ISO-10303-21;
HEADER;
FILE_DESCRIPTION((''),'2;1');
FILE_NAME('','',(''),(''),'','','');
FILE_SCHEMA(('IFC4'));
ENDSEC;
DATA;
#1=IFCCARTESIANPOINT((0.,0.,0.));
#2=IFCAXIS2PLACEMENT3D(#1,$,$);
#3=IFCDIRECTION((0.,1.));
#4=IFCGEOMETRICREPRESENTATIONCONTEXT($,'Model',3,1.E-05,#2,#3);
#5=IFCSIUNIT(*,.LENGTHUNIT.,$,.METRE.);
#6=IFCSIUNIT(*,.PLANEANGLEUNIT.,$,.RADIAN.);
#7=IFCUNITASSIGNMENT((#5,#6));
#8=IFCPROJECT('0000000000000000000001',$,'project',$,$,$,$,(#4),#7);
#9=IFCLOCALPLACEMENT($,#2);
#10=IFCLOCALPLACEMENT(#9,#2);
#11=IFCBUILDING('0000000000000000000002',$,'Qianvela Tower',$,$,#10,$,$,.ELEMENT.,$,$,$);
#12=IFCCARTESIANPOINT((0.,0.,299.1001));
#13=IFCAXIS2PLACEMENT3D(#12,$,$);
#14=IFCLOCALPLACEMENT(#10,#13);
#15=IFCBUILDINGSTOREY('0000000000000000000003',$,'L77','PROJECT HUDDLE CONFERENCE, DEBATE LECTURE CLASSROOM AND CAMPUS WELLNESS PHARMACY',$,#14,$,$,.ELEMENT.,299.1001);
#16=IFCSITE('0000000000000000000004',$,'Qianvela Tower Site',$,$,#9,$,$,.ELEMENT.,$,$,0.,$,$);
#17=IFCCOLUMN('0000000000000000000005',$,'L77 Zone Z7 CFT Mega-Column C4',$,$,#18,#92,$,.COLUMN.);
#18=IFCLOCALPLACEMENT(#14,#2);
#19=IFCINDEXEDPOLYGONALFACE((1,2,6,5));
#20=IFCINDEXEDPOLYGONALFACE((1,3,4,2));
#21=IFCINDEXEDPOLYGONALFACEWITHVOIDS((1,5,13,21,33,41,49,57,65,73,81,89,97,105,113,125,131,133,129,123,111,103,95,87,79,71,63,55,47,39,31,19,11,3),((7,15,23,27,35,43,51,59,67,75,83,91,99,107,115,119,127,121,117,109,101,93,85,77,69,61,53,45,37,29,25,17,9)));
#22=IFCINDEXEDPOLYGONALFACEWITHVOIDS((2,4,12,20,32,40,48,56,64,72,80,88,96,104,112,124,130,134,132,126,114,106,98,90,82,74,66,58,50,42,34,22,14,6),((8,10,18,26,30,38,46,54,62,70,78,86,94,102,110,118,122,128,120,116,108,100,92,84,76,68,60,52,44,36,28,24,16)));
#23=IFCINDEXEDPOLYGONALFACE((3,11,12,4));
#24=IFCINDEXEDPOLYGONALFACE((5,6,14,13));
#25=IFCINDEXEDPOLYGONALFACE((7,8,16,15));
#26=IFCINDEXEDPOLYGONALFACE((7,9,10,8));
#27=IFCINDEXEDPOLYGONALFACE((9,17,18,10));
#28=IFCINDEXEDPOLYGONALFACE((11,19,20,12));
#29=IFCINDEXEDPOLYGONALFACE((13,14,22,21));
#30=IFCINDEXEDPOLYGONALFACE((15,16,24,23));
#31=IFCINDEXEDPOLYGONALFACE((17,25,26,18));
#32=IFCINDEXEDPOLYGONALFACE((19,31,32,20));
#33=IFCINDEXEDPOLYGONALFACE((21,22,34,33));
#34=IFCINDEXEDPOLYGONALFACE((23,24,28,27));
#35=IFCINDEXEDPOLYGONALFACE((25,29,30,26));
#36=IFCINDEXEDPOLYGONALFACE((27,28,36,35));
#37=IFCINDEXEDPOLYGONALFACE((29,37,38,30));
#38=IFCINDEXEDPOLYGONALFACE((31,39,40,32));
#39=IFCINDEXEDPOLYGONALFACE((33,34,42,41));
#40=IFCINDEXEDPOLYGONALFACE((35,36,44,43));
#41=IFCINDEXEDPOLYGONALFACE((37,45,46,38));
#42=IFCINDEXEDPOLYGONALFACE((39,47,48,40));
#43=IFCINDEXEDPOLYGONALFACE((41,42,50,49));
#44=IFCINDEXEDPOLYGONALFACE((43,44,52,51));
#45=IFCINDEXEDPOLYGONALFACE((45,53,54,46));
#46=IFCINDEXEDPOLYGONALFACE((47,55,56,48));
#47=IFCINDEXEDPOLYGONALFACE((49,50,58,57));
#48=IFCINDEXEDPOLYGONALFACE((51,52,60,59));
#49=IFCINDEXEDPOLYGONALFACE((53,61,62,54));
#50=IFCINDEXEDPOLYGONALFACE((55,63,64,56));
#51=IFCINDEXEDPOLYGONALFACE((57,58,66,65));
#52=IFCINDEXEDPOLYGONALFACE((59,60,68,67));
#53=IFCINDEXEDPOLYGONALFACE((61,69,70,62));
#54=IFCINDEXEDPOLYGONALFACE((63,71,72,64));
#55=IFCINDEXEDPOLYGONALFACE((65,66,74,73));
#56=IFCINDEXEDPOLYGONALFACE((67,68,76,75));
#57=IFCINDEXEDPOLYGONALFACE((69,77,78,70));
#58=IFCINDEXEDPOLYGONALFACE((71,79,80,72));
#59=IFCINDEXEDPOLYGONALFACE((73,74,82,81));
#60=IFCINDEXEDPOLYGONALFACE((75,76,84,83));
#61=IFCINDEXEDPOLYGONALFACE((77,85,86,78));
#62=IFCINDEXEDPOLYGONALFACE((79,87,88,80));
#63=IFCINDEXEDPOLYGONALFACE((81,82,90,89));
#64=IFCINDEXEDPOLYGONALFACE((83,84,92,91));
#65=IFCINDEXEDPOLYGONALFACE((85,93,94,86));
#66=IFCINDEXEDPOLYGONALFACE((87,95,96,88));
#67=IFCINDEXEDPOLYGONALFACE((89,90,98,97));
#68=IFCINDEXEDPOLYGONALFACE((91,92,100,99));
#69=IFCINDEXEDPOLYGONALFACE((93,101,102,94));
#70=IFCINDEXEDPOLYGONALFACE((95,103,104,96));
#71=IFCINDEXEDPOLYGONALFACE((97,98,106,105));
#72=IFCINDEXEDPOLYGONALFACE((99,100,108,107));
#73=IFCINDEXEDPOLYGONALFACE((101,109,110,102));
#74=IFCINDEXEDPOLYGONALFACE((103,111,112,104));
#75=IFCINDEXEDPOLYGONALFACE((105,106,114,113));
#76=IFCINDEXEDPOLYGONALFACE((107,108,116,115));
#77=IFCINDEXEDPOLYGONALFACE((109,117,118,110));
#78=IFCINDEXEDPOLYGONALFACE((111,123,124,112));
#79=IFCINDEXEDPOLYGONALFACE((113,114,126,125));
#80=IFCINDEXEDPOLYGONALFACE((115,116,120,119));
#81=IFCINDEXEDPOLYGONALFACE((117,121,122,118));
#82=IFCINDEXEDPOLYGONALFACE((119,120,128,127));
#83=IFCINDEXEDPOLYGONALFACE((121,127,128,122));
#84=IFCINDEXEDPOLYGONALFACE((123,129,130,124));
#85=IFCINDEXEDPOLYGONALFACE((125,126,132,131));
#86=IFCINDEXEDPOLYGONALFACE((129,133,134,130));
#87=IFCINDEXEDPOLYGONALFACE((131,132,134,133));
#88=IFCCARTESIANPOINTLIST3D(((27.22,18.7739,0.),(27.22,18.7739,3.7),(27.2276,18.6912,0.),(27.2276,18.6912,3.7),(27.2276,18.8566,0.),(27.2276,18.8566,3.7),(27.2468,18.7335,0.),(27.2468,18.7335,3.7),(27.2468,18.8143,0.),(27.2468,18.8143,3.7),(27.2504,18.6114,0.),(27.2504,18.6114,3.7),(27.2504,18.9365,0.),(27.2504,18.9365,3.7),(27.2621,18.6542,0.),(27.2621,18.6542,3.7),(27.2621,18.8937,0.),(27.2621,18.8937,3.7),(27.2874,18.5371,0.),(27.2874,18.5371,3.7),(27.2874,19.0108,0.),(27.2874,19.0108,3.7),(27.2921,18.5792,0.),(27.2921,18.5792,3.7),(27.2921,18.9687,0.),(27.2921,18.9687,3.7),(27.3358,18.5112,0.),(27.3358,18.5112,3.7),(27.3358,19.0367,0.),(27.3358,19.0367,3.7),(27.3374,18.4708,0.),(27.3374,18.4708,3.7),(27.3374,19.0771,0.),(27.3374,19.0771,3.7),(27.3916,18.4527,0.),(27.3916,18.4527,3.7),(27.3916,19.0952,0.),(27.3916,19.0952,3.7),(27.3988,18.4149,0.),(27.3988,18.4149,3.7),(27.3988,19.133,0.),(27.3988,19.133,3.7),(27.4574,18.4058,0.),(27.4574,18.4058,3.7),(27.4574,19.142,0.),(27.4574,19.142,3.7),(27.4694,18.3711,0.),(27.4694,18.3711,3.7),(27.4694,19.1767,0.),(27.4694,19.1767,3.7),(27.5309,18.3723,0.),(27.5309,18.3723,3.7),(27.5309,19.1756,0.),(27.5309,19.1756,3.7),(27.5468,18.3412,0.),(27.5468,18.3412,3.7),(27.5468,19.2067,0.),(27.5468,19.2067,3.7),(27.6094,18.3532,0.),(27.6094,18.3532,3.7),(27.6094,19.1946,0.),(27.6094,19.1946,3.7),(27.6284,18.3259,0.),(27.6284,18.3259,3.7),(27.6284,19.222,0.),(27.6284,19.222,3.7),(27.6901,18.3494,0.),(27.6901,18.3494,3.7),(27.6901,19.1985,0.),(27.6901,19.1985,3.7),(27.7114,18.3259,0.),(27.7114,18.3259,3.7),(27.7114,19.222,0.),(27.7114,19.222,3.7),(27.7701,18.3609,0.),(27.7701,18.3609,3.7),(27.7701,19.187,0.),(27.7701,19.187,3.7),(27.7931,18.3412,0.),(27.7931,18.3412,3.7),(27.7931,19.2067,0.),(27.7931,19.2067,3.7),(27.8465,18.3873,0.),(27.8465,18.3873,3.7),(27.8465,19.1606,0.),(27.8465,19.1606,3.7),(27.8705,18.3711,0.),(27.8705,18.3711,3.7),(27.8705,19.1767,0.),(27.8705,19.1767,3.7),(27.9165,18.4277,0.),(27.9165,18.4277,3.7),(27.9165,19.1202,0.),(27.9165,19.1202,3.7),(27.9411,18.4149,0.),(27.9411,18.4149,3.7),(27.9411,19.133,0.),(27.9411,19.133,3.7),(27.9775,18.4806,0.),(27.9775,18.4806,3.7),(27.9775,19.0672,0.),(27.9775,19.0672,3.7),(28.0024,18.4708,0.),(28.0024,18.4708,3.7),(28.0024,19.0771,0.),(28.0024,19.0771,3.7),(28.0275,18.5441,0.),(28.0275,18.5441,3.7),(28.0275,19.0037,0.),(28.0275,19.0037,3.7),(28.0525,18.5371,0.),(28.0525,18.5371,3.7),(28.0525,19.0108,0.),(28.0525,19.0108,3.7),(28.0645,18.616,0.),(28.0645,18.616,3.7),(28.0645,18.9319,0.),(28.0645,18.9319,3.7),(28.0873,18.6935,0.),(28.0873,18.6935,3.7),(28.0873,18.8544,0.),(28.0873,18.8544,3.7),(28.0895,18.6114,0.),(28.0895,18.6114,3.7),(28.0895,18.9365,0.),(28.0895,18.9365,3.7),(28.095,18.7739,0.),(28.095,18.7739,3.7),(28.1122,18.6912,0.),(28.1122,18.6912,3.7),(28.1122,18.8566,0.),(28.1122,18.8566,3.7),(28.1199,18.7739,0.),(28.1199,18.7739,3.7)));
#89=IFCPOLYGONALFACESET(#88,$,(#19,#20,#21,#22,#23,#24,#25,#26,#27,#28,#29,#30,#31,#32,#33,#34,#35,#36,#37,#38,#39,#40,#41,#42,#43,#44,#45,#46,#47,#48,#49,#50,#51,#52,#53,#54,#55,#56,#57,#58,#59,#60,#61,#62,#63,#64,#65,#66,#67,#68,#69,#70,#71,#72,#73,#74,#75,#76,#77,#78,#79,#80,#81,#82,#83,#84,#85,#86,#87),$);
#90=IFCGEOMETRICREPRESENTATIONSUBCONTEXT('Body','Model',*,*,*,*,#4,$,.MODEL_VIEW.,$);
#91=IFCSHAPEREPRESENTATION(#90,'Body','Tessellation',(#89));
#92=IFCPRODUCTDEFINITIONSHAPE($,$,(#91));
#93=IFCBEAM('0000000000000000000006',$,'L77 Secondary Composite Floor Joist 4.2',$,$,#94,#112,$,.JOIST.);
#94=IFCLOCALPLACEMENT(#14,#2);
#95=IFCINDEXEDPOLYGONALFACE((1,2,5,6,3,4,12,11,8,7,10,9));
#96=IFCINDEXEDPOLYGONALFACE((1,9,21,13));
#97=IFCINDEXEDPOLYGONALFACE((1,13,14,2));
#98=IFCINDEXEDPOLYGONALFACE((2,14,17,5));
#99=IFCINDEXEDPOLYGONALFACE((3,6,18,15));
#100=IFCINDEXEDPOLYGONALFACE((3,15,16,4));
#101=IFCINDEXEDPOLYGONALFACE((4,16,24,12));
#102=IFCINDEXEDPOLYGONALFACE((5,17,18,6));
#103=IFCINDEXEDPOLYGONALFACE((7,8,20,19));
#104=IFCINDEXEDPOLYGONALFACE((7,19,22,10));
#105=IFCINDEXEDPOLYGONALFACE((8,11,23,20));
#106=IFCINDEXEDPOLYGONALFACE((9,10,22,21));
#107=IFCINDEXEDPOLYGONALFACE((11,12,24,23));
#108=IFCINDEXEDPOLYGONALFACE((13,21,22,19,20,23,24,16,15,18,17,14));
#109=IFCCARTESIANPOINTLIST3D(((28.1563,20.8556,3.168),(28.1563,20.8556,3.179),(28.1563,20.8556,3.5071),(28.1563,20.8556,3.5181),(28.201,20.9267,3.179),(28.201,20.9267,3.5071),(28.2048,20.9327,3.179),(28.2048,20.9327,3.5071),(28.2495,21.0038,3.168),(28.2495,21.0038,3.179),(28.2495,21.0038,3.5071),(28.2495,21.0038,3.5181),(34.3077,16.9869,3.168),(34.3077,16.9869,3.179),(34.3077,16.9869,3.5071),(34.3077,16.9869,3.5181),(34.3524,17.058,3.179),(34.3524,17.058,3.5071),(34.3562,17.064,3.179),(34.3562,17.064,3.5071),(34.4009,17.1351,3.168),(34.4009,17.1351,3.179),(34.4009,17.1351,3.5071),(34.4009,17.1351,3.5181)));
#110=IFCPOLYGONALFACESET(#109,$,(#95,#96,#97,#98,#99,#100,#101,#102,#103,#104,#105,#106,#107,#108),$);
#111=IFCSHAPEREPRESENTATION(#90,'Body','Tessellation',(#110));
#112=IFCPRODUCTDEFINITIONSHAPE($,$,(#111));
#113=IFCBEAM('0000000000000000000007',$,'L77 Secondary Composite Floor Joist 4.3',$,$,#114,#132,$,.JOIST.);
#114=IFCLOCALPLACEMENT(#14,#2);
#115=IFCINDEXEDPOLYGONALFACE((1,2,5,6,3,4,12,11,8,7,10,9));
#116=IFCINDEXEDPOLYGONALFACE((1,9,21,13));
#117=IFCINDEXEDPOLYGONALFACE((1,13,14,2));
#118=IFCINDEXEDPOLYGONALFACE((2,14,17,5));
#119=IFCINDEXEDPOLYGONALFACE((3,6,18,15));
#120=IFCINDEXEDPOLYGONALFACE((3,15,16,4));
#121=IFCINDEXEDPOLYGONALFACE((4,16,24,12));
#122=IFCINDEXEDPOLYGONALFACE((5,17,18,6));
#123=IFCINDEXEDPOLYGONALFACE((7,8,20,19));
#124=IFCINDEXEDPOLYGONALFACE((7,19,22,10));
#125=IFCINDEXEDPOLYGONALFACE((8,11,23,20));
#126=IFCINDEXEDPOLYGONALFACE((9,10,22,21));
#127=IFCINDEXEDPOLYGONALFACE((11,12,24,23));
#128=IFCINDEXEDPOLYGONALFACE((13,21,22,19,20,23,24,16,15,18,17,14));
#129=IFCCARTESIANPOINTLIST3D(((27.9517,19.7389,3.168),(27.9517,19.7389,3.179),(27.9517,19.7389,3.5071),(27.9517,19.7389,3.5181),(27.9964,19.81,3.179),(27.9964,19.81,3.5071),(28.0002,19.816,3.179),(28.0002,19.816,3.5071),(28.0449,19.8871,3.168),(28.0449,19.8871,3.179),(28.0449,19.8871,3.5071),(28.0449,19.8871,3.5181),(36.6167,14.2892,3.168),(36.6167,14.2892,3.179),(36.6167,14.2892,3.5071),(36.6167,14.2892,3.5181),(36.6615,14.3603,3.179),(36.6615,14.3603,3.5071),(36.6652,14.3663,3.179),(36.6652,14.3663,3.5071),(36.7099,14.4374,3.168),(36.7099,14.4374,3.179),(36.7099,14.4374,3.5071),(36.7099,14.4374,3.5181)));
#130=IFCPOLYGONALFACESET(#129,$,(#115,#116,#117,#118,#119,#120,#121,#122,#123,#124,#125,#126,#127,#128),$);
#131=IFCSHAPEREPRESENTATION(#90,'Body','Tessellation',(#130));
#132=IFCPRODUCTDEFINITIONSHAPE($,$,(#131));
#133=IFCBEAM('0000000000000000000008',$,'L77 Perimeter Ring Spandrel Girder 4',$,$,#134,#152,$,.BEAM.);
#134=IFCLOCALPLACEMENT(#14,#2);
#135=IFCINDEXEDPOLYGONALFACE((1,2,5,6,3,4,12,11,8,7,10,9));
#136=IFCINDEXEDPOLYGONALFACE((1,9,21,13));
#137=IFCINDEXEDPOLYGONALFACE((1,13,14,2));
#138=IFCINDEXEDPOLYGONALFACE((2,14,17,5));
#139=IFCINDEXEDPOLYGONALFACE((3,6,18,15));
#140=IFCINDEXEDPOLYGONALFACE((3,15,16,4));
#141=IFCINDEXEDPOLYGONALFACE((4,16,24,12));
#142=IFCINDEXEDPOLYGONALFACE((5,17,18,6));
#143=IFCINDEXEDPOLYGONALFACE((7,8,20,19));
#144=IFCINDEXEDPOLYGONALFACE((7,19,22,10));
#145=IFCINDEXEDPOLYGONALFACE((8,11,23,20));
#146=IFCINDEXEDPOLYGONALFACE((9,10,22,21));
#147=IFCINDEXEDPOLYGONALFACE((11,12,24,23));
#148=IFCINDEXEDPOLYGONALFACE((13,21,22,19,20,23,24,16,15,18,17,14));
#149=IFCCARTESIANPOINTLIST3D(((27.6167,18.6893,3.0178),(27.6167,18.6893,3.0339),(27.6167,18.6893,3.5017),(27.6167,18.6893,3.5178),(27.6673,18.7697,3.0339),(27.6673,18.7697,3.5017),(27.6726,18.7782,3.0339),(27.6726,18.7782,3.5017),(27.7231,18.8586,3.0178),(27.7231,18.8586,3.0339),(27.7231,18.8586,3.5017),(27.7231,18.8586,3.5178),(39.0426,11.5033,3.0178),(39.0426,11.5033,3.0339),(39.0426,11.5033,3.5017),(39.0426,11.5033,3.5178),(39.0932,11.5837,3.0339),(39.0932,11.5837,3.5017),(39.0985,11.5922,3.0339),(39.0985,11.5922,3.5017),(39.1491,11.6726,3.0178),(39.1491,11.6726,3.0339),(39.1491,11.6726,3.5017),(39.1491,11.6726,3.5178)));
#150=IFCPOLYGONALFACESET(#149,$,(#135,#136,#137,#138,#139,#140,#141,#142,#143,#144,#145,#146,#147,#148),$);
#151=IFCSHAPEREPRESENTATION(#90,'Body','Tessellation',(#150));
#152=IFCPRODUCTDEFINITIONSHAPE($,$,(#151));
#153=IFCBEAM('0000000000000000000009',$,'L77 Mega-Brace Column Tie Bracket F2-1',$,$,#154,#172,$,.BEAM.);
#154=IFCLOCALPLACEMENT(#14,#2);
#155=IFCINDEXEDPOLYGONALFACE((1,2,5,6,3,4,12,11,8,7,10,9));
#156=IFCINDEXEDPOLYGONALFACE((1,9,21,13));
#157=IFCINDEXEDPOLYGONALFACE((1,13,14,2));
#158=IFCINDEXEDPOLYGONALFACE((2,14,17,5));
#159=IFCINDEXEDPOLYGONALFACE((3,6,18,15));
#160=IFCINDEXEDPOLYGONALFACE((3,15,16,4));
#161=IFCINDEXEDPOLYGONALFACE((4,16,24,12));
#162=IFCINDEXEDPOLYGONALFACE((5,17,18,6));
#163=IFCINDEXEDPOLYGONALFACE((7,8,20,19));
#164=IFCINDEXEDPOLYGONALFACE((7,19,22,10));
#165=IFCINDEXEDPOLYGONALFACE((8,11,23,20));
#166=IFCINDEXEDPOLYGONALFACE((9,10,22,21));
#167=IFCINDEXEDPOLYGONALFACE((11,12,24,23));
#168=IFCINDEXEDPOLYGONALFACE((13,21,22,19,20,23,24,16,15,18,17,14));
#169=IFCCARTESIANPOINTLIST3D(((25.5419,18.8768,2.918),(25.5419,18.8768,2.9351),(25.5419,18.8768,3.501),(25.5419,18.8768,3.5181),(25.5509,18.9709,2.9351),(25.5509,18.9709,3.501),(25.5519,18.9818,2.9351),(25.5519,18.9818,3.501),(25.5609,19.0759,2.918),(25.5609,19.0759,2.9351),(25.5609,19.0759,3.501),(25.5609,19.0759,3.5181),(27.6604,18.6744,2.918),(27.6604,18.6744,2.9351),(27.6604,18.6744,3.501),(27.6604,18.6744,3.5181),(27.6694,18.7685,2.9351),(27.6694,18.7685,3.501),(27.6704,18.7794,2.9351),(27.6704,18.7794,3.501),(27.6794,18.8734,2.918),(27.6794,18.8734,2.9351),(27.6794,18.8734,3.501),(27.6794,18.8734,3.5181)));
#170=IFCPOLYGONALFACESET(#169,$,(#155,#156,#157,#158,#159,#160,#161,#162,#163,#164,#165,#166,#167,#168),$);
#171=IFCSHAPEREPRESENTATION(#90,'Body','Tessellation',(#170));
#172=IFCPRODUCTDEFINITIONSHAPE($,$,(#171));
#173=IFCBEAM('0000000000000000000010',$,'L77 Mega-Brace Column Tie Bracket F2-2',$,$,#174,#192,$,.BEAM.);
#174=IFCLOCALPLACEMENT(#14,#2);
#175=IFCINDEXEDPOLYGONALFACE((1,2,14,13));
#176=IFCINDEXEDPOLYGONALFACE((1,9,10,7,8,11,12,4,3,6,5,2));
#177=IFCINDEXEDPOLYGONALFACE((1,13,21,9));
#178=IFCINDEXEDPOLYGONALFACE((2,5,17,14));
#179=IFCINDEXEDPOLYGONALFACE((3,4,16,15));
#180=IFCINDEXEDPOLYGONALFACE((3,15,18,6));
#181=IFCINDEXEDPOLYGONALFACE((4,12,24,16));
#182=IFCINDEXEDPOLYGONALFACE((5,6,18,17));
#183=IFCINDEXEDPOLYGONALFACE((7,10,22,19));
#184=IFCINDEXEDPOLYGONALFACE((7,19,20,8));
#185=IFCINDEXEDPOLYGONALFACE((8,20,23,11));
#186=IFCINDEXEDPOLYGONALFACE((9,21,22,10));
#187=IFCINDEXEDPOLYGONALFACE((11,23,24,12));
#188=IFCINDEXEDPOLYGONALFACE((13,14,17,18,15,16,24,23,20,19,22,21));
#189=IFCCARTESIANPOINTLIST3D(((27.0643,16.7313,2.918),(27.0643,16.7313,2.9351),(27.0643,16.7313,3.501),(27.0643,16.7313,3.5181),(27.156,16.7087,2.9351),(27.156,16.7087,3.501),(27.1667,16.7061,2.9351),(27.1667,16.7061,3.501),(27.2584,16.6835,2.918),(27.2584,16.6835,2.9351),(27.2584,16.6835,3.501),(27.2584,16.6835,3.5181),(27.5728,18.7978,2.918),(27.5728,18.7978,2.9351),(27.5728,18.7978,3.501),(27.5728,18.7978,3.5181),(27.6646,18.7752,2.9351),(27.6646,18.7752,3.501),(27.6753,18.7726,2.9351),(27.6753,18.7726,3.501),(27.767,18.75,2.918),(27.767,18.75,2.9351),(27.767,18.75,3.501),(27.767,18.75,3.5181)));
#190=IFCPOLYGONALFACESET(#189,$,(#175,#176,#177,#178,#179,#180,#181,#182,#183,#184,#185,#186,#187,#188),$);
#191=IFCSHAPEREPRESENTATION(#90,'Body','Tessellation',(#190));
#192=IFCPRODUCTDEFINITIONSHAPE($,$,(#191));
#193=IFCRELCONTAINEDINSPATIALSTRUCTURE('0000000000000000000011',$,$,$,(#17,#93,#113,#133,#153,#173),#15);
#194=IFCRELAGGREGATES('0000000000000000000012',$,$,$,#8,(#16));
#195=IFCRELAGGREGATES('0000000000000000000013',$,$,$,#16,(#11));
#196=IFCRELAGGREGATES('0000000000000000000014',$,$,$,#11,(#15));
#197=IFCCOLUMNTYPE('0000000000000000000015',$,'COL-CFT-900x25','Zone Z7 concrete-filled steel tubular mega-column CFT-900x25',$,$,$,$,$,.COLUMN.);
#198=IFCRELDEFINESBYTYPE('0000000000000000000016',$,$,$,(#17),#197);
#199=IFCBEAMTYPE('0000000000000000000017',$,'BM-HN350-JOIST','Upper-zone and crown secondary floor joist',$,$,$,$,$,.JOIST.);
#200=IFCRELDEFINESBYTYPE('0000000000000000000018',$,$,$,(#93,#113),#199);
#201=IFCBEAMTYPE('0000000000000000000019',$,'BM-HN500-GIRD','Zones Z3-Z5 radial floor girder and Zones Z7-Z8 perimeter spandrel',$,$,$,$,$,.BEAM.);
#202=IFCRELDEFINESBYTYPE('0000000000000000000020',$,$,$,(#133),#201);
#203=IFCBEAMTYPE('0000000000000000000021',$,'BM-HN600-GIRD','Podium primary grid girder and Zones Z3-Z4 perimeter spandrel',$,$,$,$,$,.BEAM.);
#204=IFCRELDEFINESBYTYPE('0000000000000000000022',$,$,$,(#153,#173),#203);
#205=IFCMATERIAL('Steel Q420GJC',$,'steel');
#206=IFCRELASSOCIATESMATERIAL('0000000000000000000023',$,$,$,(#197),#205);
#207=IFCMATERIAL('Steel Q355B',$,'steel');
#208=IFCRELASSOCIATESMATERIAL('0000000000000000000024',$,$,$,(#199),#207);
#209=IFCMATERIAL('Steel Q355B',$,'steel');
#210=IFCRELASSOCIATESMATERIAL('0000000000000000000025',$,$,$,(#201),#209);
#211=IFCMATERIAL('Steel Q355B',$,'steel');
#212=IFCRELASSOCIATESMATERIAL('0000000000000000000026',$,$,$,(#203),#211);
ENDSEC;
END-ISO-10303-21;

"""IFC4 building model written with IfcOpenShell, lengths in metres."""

from ifc_helpers import new_model, si_unit, direction, frame, origin, origin_2d, place, context, subcontext, project, spatial, hollow_circle, i_section, extrude, material, material_profile, profile_set, type_object, element, save


model = new_model("IFC4")

# Units and contexts
model_context = context("Model", 3, precision=1e-05, world=origin(), true_north=direction((0.0, 1.0)))
body_context = subcontext(model_context, "Body", "Model", "MODEL_VIEW")
ifc_project = project(units=[si_unit("LENGTHUNIT", "METRE"), si_unit("PLANEANGLEUNIT", "RADIAN")], contexts=[model_context])

# Site, building, storey
site_placement = place(None, origin())
site = spatial("IfcSite", under=ifc_project, at=site_placement, Name="Qianvela Tower Site", CompositionType="ELEMENT", RefElevation=0.0)
building_placement = place(site_placement, origin())
building = spatial("IfcBuilding", under=site, at=building_placement, Name="Qianvela Tower", CompositionType="ELEMENT")
storey_placement = place(building_placement, frame((0.0, 0.0, 299.1001)))
storey = spatial("IfcBuildingStorey", under=building, at=storey_placement, Name="L77", Description="PROJECT HUDDLE CONFERENCE, DEBATE LECTURE CLASSROOM AND CAMPUS WELLNESS PHARMACY", CompositionType="ELEMENT", Elevation=299.1001)

# Column
ifc_material_1 = material(Name="Steel Q420GJC", Category="steel")
ifc_material_profile_1 = material_profile(ifc_material_1, hollow_circle(Radius=0.45, WallThickness=0.0249, at=origin_2d()), Name="CFT-900x25")
ifc_profile_set_1 = profile_set([ifc_material_profile_1], Name="Steel Q420GJC")
column_type = type_object("IfcColumnType", Name="COL-CFT-900x25", Description="Zone Z7 concrete-filled steel tubular mega-column CFT-900x25", PredefinedType="COLUMN", material=ifc_profile_set_1)
column_placement = place(storey_placement, frame((27.6699, 18.7739, 0.0), z_axis=(0.0, 0.0, 1.0), x_axis=(1.0, 0.0, 0.0)))
element("IfcColumn", 1, at=column_placement, inside=storey, type_object=column_type, Name="L77 Zone Z7 CFT Mega-Column C4", PredefinedType="COLUMN", context=body_context, shape_type="SweptSolid", body=[
    extrude(hollow_circle(Radius=0.45, WallThickness=0.0249, at=origin_2d()), origin(), (0.0, 0.0, 1.0), 3.7),
])

# Beams
ifc_material_2 = material(Name="Steel Q355B", Category="steel")
ifc_material_profile_2 = material_profile(ifc_material_2, i_section(OverallWidth=0.175, OverallDepth=0.3501, WebThickness=0.0071, FlangeThickness=0.011, at=origin_2d()), Name="HN350x175x7x11")
ifc_profile_set_2 = profile_set([ifc_material_profile_2], Name="Steel Q355B")
beam_type_1 = type_object("IfcBeamType", Name="BM-HN350-JOIST", Description="Upper-zone and crown secondary floor joist", PredefinedType="JOIST", material=ifc_profile_set_2)
beam_1_placement = place(storey_placement, frame((28.2029, 20.9297, 3.343), z_axis=(0.846508, -0.532377, 0.0), x_axis=(0.532377, 0.846508, 0.0)))
element("IfcBeam", 2, at=beam_1_placement, inside=storey, type_object=beam_type_1, Name="L77 Secondary Composite Floor Joist 4.2", PredefinedType="JOIST", context=body_context, shape_type="SweptSolid", body=[
    extrude(i_section(OverallWidth=0.175, OverallDepth=0.3501, WebThickness=0.0071, FlangeThickness=0.011, at=origin_2d()), origin(), (0.0, 0.0, 1.0), 7.2668),
])
beam_2_placement = place(storey_placement, frame((27.9983, 19.813, 3.343), z_axis=(0.8465, -0.532389, 0.0), x_axis=(0.532389, 0.8465, 0.0)))
element("IfcBeam", 3, at=beam_2_placement, inside=storey, type_object=beam_type_1, Name="L77 Secondary Composite Floor Joist 4.3", PredefinedType="JOIST", context=body_context, shape_type="SweptSolid", body=[
    extrude(i_section(OverallWidth=0.175, OverallDepth=0.3501, WebThickness=0.0071, FlangeThickness=0.011, at=origin_2d()), origin(), (0.0, 0.0, 1.0), 10.2363),
])
ifc_material_3 = material(Name="Steel Q355B", Category="steel")
ifc_material_profile_3 = material_profile(ifc_material_3, i_section(OverallWidth=0.2, OverallDepth=0.5, WebThickness=0.01, FlangeThickness=0.0161, at=origin_2d()), Name="HN500x200x10x16")
ifc_profile_set_3 = profile_set([ifc_material_profile_3], Name="Steel Q355B")
beam_type_2 = type_object("IfcBeamType", Name="BM-HN500-GIRD", Description="Zones Z3-Z5 radial floor girder and Zones Z7-Z8 perimeter spandrel", PredefinedType="BEAM", material=ifc_profile_set_3)
beam_3_placement = place(storey_placement, frame((27.6699, 18.7739, 3.2678), z_axis=(0.846504, -0.532382, 0.0), x_axis=(0.532382, 0.846504, 0.0)))
element("IfcBeam", 4, at=beam_3_placement, inside=storey, type_object=beam_type_2, Name="L77 Perimeter Ring Spandrel Girder 4", PredefinedType="BEAM", context=body_context, shape_type="SweptSolid", body=[
    extrude(i_section(OverallWidth=0.2, OverallDepth=0.5, WebThickness=0.01, FlangeThickness=0.0161, at=origin_2d()), origin(), (0.0, 0.0, 1.0), 13.4978),
])
ifc_material_4 = material(Name="Steel Q355B", Category="steel")
ifc_material_profile_4 = material_profile(ifc_material_4, i_section(OverallWidth=0.2, OverallDepth=0.6001, WebThickness=0.011, FlangeThickness=0.0171, at=origin_2d()), Name="HN600x200x11x17")
ifc_profile_set_4 = profile_set([ifc_material_profile_4], Name="Steel Q355B")
beam_type_3 = type_object("IfcBeamType", Name="BM-HN600-GIRD", Description="Podium primary grid girder and Zones Z3-Z4 perimeter spandrel", PredefinedType="BEAM", material=ifc_profile_set_4)
for number, where, z_axis, x_axis, name in (
    (5, (27.6699, 18.7739, 3.218), (-0.995467, 0.095107, 0.0), (-0.095107, -0.995467, 0.0), "L77 Mega-Brace Column Tie Bracket F2-1"),
    (6, (27.6699, 18.7739, 3.218), (-0.238971, -0.971027, 0.0), (0.971027, -0.238971, 0.0), "L77 Mega-Brace Column Tie Bracket F2-2"),
):
    element("IfcBeam", number, at=place(storey_placement, frame(where, z_axis=z_axis, x_axis=x_axis)), inside=storey, type_object=beam_type_3, Name=name, PredefinedType="BEAM", context=body_context, shape_type="SweptSolid", body=[
        extrude(i_section(OverallWidth=0.2, OverallDepth=0.6001, WebThickness=0.011, FlangeThickness=0.0171, at=origin_2d()), origin(), (0.0, 0.0, 1.0), 2.1282),
    ])

save(model, "model.ifc")
